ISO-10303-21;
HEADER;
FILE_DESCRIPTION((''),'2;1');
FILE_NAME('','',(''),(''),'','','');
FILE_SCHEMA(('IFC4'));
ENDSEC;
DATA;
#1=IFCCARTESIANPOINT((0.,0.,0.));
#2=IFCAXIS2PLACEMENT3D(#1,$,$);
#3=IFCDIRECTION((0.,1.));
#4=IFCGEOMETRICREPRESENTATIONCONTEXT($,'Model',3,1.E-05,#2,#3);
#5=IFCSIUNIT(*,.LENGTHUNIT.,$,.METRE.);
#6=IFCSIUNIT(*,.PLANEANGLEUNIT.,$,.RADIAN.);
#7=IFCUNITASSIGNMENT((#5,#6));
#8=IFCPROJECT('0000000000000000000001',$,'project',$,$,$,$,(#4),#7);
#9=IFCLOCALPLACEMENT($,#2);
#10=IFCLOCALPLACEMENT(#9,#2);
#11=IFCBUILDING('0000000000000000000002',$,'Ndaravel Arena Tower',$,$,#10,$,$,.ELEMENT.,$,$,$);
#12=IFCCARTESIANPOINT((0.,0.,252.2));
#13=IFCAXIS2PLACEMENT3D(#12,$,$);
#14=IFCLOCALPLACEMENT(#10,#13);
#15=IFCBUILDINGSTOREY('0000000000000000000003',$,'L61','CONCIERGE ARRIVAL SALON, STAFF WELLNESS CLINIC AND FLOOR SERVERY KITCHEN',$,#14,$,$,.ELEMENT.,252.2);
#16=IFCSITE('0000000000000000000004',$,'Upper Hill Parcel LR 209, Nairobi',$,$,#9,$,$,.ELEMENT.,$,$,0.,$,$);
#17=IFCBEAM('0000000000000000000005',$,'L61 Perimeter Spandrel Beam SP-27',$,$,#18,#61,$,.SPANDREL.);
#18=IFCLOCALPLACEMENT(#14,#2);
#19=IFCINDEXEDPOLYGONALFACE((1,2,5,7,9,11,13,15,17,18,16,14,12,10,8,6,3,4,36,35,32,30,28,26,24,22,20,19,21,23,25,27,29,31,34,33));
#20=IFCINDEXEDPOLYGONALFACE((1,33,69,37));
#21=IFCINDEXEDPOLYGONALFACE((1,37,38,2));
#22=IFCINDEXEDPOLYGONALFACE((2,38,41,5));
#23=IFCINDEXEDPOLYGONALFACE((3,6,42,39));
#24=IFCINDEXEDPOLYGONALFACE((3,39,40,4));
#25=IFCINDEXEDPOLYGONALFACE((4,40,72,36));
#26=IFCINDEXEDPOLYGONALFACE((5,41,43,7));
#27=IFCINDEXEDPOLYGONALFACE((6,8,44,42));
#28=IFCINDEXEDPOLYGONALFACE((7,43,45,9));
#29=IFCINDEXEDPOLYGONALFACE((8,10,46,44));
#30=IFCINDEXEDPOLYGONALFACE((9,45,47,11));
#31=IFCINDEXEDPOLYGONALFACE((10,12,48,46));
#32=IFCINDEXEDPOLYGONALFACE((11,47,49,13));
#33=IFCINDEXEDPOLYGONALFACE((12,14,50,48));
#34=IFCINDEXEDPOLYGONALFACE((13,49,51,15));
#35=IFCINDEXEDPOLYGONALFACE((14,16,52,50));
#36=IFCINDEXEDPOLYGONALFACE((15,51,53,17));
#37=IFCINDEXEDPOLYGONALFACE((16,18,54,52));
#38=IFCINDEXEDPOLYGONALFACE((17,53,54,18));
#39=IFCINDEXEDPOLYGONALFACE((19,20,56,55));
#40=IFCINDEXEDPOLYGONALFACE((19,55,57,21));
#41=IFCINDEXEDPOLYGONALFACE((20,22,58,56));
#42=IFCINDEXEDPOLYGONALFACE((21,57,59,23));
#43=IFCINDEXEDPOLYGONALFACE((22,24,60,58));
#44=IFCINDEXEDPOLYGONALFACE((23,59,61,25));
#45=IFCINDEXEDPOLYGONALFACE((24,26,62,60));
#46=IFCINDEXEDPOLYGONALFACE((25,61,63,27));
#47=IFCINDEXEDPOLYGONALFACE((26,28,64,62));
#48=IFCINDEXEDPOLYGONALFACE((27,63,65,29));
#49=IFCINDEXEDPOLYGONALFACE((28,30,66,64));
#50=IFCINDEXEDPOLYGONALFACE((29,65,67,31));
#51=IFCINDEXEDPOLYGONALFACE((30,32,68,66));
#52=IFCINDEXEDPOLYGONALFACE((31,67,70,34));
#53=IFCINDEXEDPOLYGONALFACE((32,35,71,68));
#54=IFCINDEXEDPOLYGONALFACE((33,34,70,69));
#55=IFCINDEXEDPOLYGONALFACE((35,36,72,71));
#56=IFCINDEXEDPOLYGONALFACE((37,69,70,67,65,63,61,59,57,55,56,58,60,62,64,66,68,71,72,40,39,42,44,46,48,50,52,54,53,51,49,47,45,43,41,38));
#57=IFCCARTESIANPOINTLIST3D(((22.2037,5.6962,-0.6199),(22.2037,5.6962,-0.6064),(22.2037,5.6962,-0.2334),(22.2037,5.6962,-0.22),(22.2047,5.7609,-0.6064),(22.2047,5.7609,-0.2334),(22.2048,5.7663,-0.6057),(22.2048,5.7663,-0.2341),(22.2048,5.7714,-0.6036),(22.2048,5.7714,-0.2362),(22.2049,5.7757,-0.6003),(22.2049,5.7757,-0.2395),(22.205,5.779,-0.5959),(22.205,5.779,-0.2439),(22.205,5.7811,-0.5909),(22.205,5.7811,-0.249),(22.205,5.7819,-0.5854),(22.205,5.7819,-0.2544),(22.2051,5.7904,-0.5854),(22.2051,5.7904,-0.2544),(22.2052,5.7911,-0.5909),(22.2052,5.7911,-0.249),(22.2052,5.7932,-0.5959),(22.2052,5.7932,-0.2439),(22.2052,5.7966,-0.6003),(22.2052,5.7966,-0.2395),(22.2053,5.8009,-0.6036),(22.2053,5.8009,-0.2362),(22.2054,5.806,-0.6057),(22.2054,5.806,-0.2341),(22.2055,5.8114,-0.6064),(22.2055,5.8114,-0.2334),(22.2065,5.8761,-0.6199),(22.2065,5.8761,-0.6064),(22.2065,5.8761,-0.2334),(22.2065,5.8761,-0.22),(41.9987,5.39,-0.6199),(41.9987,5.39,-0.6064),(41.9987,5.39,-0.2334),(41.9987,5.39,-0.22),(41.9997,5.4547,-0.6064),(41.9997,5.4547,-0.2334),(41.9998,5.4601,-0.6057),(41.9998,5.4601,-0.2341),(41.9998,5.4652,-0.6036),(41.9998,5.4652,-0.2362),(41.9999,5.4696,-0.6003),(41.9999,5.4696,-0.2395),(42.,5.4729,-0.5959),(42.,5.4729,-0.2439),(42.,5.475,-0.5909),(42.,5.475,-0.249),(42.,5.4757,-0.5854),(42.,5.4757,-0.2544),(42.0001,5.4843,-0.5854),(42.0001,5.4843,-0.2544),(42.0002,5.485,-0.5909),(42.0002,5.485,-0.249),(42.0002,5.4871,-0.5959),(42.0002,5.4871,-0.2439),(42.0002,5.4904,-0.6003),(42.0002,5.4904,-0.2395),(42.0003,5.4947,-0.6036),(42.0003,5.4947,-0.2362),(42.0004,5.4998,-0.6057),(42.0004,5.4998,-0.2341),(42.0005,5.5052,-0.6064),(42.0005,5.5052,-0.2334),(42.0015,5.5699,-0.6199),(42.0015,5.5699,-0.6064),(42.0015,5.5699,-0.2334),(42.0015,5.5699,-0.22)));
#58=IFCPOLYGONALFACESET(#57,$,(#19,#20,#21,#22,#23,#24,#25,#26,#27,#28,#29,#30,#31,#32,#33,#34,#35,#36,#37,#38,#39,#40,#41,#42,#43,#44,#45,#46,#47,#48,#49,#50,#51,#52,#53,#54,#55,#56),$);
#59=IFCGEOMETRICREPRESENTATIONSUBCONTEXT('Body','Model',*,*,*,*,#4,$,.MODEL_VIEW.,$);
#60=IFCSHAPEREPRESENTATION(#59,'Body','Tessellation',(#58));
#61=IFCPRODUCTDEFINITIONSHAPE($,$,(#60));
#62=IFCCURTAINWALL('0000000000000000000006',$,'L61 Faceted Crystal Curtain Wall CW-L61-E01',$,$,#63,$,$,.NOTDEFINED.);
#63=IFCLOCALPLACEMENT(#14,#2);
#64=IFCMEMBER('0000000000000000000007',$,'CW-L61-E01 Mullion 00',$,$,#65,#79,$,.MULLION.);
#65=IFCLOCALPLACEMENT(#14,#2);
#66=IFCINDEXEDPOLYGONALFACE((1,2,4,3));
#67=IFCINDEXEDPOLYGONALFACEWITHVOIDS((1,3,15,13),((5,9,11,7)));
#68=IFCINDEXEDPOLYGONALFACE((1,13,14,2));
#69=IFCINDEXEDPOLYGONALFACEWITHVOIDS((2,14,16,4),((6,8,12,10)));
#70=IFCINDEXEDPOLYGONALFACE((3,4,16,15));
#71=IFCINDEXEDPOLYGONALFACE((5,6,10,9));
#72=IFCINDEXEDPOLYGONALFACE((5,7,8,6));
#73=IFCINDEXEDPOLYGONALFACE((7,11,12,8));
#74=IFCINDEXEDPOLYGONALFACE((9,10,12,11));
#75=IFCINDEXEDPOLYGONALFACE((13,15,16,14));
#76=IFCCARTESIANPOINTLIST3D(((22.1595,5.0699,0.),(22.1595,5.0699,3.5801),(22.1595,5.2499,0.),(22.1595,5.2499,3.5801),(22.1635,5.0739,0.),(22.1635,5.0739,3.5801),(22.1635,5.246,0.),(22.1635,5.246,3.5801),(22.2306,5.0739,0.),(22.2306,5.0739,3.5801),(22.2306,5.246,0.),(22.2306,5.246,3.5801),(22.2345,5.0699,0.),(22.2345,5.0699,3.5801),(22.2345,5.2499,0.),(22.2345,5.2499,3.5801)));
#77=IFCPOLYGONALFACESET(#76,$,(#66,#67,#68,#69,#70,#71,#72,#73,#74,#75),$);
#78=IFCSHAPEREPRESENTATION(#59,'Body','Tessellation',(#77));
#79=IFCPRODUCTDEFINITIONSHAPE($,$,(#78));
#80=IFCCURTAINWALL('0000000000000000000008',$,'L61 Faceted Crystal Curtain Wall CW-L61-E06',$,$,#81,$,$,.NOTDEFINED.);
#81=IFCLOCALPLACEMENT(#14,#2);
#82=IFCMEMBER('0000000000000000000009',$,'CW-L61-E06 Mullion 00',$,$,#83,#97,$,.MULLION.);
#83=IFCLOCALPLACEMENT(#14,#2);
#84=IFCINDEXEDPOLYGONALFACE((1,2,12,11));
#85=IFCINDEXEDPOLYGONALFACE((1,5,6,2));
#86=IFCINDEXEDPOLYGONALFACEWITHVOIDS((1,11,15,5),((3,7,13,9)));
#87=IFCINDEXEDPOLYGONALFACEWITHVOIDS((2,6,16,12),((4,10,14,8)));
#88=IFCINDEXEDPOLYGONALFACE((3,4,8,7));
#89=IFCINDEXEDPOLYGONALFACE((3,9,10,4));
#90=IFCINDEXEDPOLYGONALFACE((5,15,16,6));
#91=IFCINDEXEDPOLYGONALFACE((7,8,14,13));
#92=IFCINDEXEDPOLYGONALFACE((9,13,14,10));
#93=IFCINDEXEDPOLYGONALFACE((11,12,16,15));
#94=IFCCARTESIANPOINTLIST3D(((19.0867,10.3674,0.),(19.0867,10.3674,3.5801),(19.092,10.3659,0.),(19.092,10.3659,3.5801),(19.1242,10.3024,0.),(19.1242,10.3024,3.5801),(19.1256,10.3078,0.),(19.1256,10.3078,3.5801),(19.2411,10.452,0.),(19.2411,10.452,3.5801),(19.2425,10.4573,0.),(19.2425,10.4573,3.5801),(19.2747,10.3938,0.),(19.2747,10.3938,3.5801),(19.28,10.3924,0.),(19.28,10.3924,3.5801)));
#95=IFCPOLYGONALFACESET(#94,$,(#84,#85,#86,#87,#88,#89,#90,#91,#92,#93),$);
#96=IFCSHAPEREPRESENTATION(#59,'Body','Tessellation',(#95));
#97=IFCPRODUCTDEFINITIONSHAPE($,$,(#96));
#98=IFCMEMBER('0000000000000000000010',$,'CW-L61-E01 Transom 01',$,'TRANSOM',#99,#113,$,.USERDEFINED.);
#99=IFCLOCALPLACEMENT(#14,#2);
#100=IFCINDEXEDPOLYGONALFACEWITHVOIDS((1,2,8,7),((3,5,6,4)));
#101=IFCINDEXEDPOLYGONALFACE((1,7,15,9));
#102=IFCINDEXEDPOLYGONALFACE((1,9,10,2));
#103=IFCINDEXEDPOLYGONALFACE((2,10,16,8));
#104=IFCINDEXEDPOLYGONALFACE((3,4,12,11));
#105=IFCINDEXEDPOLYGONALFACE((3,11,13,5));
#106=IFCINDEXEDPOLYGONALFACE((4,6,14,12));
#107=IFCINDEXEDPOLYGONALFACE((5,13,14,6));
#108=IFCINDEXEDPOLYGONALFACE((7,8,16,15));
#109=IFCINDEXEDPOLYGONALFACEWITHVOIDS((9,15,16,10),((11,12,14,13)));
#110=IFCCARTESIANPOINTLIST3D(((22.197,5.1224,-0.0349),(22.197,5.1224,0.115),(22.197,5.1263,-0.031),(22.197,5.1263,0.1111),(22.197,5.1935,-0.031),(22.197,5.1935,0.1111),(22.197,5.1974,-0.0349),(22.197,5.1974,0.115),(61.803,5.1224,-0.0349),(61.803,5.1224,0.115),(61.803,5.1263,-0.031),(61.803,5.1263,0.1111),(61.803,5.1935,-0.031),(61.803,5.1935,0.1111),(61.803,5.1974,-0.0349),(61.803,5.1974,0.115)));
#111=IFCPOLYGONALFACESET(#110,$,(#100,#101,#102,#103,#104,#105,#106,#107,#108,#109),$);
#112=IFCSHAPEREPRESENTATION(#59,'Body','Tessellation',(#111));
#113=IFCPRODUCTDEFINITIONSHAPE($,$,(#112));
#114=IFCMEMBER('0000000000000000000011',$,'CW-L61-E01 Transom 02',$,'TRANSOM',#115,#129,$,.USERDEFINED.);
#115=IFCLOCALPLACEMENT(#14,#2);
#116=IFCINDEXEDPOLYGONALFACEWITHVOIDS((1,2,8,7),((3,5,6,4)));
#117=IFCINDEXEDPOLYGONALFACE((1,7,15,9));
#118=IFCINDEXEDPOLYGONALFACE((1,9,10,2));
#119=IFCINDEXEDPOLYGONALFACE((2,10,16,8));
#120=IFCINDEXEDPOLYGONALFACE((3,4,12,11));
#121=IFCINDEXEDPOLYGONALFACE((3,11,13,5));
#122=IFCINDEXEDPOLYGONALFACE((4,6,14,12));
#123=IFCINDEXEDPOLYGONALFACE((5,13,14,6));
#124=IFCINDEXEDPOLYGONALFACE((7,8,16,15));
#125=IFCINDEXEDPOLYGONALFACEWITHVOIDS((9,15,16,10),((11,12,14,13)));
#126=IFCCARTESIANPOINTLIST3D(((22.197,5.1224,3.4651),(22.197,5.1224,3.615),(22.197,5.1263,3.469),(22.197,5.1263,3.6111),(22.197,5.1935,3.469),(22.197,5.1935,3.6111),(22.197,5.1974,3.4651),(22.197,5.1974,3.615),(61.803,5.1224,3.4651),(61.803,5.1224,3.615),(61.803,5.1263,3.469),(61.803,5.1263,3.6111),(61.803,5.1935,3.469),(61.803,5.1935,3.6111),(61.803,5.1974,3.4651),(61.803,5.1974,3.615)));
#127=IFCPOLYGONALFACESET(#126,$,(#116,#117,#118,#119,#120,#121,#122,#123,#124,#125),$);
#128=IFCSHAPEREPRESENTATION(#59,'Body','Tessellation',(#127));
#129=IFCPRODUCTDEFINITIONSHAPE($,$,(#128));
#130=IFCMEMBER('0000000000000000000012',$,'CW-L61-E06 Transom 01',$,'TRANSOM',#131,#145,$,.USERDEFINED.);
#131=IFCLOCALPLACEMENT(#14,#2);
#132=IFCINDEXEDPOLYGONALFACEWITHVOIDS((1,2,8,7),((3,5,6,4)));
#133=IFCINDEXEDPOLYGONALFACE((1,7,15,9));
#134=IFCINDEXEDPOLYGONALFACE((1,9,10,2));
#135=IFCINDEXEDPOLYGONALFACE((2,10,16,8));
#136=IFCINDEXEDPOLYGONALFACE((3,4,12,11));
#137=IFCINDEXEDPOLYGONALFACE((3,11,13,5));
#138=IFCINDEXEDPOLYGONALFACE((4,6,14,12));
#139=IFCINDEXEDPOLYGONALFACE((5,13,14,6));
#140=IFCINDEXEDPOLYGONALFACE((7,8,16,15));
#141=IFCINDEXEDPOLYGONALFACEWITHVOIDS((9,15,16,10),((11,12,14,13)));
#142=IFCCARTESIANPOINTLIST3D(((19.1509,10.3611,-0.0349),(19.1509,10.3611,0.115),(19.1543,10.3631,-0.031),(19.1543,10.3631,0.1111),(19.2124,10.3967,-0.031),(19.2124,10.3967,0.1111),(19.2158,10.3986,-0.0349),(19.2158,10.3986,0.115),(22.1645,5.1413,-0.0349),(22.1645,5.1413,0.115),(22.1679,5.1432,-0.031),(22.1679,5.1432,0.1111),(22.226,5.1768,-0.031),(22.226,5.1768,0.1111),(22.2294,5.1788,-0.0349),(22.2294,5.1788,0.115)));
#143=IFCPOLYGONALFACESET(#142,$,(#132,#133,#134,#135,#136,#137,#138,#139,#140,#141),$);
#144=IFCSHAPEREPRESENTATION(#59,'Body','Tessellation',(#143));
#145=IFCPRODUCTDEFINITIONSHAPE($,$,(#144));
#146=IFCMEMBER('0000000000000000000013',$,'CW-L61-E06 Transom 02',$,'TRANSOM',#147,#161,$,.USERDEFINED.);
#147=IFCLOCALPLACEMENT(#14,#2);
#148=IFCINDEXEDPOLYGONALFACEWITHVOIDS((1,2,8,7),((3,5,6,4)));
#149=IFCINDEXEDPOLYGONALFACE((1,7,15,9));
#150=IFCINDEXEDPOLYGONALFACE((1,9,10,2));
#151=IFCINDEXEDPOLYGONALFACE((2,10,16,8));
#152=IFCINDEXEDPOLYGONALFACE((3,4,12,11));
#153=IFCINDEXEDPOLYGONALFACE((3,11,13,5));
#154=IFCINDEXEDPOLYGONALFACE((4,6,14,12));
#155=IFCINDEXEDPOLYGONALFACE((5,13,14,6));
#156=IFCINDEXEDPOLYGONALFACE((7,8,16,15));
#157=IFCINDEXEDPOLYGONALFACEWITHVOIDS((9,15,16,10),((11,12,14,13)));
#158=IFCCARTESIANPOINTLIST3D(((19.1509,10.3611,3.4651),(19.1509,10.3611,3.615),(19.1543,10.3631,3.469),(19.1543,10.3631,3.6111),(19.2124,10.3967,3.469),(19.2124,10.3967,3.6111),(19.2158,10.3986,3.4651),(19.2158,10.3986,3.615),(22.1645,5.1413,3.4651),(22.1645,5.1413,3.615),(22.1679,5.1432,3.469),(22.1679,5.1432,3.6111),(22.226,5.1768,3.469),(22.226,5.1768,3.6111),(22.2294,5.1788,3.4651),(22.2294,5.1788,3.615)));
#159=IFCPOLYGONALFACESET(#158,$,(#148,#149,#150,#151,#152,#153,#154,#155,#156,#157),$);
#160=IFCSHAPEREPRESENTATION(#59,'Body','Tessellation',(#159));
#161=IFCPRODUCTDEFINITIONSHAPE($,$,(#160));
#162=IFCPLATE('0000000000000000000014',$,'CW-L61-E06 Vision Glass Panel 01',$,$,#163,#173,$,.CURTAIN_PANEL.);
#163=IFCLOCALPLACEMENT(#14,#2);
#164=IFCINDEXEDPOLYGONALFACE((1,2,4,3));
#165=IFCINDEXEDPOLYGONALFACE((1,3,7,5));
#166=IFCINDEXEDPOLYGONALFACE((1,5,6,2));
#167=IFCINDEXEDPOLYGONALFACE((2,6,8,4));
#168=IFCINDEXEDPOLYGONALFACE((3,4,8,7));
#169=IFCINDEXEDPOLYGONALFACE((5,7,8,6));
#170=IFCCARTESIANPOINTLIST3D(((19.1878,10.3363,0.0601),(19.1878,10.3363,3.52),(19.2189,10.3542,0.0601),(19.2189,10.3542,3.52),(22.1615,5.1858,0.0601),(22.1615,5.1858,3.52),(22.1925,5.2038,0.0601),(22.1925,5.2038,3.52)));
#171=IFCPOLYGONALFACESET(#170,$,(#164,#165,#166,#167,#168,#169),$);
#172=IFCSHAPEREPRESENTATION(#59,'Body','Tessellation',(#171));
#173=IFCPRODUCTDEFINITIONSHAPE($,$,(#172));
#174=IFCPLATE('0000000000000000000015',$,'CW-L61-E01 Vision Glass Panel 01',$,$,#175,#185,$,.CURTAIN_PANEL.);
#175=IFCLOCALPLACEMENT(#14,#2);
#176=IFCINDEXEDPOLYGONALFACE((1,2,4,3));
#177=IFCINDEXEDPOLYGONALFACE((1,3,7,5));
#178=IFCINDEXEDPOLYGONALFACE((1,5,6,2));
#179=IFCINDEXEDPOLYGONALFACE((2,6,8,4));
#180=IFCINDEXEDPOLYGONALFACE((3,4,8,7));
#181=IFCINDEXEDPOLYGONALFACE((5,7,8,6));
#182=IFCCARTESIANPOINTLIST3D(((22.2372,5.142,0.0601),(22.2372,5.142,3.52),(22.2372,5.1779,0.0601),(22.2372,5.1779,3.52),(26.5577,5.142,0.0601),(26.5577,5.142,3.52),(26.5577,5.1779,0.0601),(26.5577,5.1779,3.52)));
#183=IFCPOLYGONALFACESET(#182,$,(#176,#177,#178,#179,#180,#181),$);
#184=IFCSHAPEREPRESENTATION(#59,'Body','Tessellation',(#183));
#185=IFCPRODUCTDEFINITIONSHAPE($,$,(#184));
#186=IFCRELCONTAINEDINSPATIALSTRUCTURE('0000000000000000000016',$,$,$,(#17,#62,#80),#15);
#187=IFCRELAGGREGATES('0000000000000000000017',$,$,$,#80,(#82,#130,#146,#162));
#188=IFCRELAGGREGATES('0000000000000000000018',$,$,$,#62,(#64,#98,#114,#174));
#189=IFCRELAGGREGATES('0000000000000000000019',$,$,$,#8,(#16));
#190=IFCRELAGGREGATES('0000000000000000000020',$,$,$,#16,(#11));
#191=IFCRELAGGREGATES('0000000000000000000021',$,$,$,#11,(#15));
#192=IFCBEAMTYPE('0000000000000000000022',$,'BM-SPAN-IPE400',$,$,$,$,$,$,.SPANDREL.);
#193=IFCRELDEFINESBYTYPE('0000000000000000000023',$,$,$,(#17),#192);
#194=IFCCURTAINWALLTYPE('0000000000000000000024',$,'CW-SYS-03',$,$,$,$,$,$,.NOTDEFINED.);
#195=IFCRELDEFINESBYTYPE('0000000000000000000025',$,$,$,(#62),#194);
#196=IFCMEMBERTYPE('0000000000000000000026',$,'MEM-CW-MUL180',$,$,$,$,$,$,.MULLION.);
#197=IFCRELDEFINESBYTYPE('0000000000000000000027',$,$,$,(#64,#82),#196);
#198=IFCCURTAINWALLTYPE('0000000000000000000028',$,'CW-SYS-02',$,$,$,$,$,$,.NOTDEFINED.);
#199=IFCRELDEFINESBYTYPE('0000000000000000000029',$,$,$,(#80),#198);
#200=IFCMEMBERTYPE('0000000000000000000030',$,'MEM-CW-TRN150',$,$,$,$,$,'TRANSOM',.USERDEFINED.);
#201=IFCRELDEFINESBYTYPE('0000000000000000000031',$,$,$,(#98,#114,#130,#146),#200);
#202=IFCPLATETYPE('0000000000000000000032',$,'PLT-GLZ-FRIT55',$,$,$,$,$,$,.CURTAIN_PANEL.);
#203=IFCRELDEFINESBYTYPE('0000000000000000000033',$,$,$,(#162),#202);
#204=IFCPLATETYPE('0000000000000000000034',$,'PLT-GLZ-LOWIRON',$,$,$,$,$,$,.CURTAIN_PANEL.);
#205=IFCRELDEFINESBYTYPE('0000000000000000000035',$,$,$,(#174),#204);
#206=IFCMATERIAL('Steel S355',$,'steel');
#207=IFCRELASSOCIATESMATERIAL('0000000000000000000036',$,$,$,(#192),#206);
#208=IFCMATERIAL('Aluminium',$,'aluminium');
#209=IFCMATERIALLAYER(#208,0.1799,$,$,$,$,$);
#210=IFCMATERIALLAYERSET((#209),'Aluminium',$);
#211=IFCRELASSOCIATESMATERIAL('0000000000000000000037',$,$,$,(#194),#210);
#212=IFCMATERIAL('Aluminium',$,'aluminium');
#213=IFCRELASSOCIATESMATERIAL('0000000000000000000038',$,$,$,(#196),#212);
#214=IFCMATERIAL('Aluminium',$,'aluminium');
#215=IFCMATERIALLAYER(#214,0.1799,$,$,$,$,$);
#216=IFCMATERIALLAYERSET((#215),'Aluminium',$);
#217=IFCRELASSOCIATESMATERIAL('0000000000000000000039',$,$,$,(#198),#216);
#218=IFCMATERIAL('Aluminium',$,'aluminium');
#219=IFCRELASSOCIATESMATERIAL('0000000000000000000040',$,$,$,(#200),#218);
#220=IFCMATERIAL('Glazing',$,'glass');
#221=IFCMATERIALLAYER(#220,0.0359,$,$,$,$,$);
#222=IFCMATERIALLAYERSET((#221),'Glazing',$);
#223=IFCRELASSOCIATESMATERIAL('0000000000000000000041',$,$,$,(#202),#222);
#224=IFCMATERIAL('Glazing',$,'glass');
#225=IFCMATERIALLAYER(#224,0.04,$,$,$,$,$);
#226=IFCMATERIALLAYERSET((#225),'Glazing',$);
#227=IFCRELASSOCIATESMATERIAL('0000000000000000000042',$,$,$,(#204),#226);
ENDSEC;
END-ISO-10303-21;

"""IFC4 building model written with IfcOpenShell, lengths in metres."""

from ifc_helpers import new_model, si_unit, direction, frame, origin, origin_2d, place, context, subcontext, project, spatial, rectangle, hollow_rectangle, i_section, extrude, material, layer, layer_set, material_profile, profile_set, type_object, element, aggregate, save


model = new_model("IFC4")

# Units and contexts
model_context = context("Model", 3, precision=1e-05, world=origin(), true_north=direction((0.0, 1.0)))
body_context = subcontext(model_context, "Body", "Model", "MODEL_VIEW")
ifc_project = project(units=[si_unit("LENGTHUNIT", "METRE"), si_unit("PLANEANGLEUNIT", "RADIAN")], contexts=[model_context])

# Site, building, storey
site_placement = place(None, origin())
site = spatial("IfcSite", under=ifc_project, at=site_placement, Name="Upper Hill Parcel LR 209, Nairobi", CompositionType="ELEMENT", RefElevation=0.0)
building_placement = place(site_placement, origin())
building = spatial("IfcBuilding", under=site, at=building_placement, Name="Ndaravel Arena Tower", CompositionType="ELEMENT")
storey_placement = place(building_placement, frame((0.0, 0.0, 252.2)))
storey = spatial("IfcBuildingStorey", under=building, at=storey_placement, Name="L61", Description="CONCIERGE ARRIVAL SALON, STAFF WELLNESS CLINIC AND FLOOR SERVERY KITCHEN", CompositionType="ELEMENT", Elevation=252.2)

# Beam
ifc_material_1 = material(Name="Steel S355", Category="steel")
ifc_material_profile_1 = material_profile(ifc_material_1, i_section(OverallWidth=0.1799, OverallDepth=0.3999, WebThickness=0.0085, FlangeThickness=0.0134, FilletRadius=0.021, at=origin_2d()), Name="IPE 400")
ifc_profile_set_1 = profile_set([ifc_material_profile_1], Name="Steel S355")
beam_type = type_object("IfcBeamType", Name="BM-SPAN-IPE400", PredefinedType="SPANDREL", material=ifc_profile_set_1)
beam_1_placement = place(storey_placement, frame((22.2051, 5.7861, -0.4199), z_axis=(0.99988, -0.015464, 0.0), x_axis=(0.015464, 0.99988, 0.0)))
element("IfcBeam", 1, at=beam_1_placement, inside=storey, type_object=beam_type, Name="L61 Perimeter Spandrel Beam SP-27", PredefinedType="SPANDREL", context=body_context, shape_type="SweptSolid", body=[
    extrude(i_section(OverallWidth=0.1799, OverallDepth=0.3999, WebThickness=0.0085, FlangeThickness=0.0134, FilletRadius=0.021, at=origin_2d()), origin(), (0.0, 0.0, 1.0), 19.7974),
])

# Curtain walls, members
ifc_material_2 = material(Name="Aluminium", Category="aluminium")
ifc_layer_1 = layer(ifc_material_2, 0.1799)
ifc_layer_set_1 = layer_set([ifc_layer_1], Name="Aluminium")
curtain_wall_type_1 = type_object("IfcCurtainWallType", Name="CW-SYS-03", PredefinedType="NOTDEFINED", material=ifc_layer_set_1)
curtain_wall_1_placement = place(storey_placement, origin())
curtain_wall_1 = element("IfcCurtainWall", 2, at=curtain_wall_1_placement, inside=storey, type_object=curtain_wall_type_1, Name="L61 Faceted Crystal Curtain Wall CW-L61-E01", PredefinedType="NOTDEFINED")
ifc_material_3 = material(Name="Aluminium", Category="aluminium")
ifc_material_profile_2 = material_profile(ifc_material_3, hollow_rectangle(XDim=0.075, YDim=0.1799, WallThickness=0.0039, at=origin_2d()), Name="CW MULLION 75x180x4")
ifc_profile_set_2 = profile_set([ifc_material_profile_2], Name="Aluminium")
member_type_1 = type_object("IfcMemberType", Name="MEM-CW-MUL180", PredefinedType="MULLION", material=ifc_profile_set_2)
member_1_placement = place(storey_placement, frame((22.197, 5.1599, 0.0), z_axis=(0.0, 0.0, 1.0), x_axis=(1.0, 0.0, 0.0)))
member_1 = element("IfcMember", 3, at=member_1_placement, type_object=member_type_1, Name="CW-L61-E01 Mullion 00", PredefinedType="MULLION", context=body_context, shape_type="SweptSolid", body=[
    extrude(hollow_rectangle(XDim=0.075, YDim=0.1799, WallThickness=0.0039, at=origin_2d()), origin(), (0.0, 0.0, 1.0), 3.5801),
])
ifc_material_4 = material(Name="Aluminium", Category="aluminium")
ifc_layer_2 = layer(ifc_material_4, 0.1799)
ifc_layer_set_2 = layer_set([ifc_layer_2], Name="Aluminium")
curtain_wall_type_2 = type_object("IfcCurtainWallType", Name="CW-SYS-02", PredefinedType="NOTDEFINED", material=ifc_layer_set_2)
curtain_wall_2_placement = place(storey_placement, origin())
curtain_wall_2 = element("IfcCurtainWall", 4, at=curtain_wall_2_placement, inside=storey, type_object=curtain_wall_type_2, Name="L61 Faceted Crystal Curtain Wall CW-L61-E06", PredefinedType="NOTDEFINED")
member_2_placement = place(storey_placement, frame((19.1833, 10.3799, 0.0), z_axis=(0.0, 0.0, 1.0), x_axis=(0.5, -0.866025, 0.0)))
member_2 = element("IfcMember", 5, at=member_2_placement, type_object=member_type_1, Name="CW-L61-E06 Mullion 00", PredefinedType="MULLION", context=body_context, shape_type="SweptSolid", body=[
    extrude(hollow_rectangle(XDim=0.075, YDim=0.1799, WallThickness=0.0039, at=origin_2d()), origin(), (0.0, 0.0, 1.0), 3.5801),
])

# Members
ifc_material_5 = material(Name="Aluminium", Category="aluminium")
ifc_material_profile_3 = material_profile(ifc_material_5, hollow_rectangle(XDim=0.075, YDim=0.1499, WallThickness=0.0039, at=origin_2d()), Name="CW TRANSOM 75x150x4")
ifc_profile_set_3 = profile_set([ifc_material_profile_3], Name="Aluminium")
member_type_2 = type_object("IfcMemberType", Name="MEM-CW-TRN150", ElementType="TRANSOM", PredefinedType="USERDEFINED", material=ifc_profile_set_3)
member_3_placement = place(storey_placement, frame((22.197, 5.1599, 0.04), z_axis=(1.0, 0.0, 0.0), x_axis=(0.0, 1.0, 0.0)))
member_3 = element("IfcMember", 6, at=member_3_placement, type_object=member_type_2, Name="CW-L61-E01 Transom 01", ObjectType="TRANSOM", PredefinedType="USERDEFINED", context=body_context, shape_type="SweptSolid", body=[
    extrude(hollow_rectangle(XDim=0.075, YDim=0.1499, WallThickness=0.0039, at=origin_2d()), origin(), (0.0, 0.0, 1.0), 39.606),
])
member_4_placement = place(storey_placement, frame((22.197, 5.1599, 3.54), z_axis=(1.0, 0.0, 0.0), x_axis=(0.0, 1.0, 0.0)))
member_4 = element("IfcMember", 7, at=member_4_placement, type_object=member_type_2, Name="CW-L61-E01 Transom 02", ObjectType="TRANSOM", PredefinedType="USERDEFINED", context=body_context, shape_type="SweptSolid", body=[
    extrude(hollow_rectangle(XDim=0.075, YDim=0.1499, WallThickness=0.0039, at=origin_2d()), origin(), (0.0, 0.0, 1.0), 39.606),
])
member_5_placement = place(storey_placement, frame((19.1833, 10.3799, 0.04), z_axis=(0.49999, -0.866031, 0.0), x_axis=(0.866031, 0.49999, 0.0)))
member_5 = element("IfcMember", 8, at=member_5_placement, type_object=member_type_2, Name="CW-L61-E06 Transom 01", ObjectType="TRANSOM", PredefinedType="USERDEFINED", context=body_context, shape_type="SweptSolid", body=[
    extrude(hollow_rectangle(XDim=0.075, YDim=0.1499, WallThickness=0.0039, at=origin_2d()), origin(), (0.0, 0.0, 1.0), 6.0273),
])
member_6_placement = place(storey_placement, frame((19.1833, 10.3799, 3.54), z_axis=(0.49999, -0.866031, 0.0), x_axis=(0.866031, 0.49999, 0.0)))
member_6 = element("IfcMember", 9, at=member_6_placement, type_object=member_type_2, Name="CW-L61-E06 Transom 02", ObjectType="TRANSOM", PredefinedType="USERDEFINED", context=body_context, shape_type="SweptSolid", body=[
    extrude(hollow_rectangle(XDim=0.075, YDim=0.1499, WallThickness=0.0039, at=origin_2d()), origin(), (0.0, 0.0, 1.0), 6.0273),
])

# Plates
ifc_material_6 = material(Name="Glazing", Category="glass")
ifc_layer_3 = layer(ifc_material_6, 0.0359)
ifc_layer_set_3 = layer_set([ifc_layer_3], Name="Glazing")
plate_type_1 = type_object("IfcPlateType", Name="PLT-GLZ-FRIT55", PredefinedType="CURTAIN_PANEL", material=ifc_layer_set_3)
plate_1_placement = place(storey_placement, frame((20.6902, 7.77, 0.0601), z_axis=(0.0, 0.0, 1.0), x_axis=(0.5, -0.866025, 0.0)))
plate_1 = element("IfcPlate", 10, at=plate_1_placement, type_object=plate_type_1, Name="CW-L61-E06 Vision Glass Panel 01", PredefinedType="CURTAIN_PANEL", context=body_context, shape_type="SweptSolid", body=[
    extrude(rectangle(XDim=5.9473, YDim=0.0359, at=origin_2d()), origin(), (0.0, 0.0, 1.0), 3.46),
])
aggregate(curtain_wall_2, [member_2, member_5, member_6, plate_1])
ifc_material_7 = material(Name="Glazing", Category="glass")
ifc_layer_4 = layer(ifc_material_7, 0.04)
ifc_layer_set_4 = layer_set([ifc_layer_4], Name="Glazing")
plate_type_2 = type_object("IfcPlateType", Name="PLT-GLZ-LOWIRON", PredefinedType="CURTAIN_PANEL", material=ifc_layer_set_4)
plate_2_placement = place(storey_placement, frame((24.3975, 5.1599, 0.0601), z_axis=(0.0, 0.0, 1.0), x_axis=(1.0, 0.0, 0.0)))
plate_2 = element("IfcPlate", 11, at=plate_2_placement, type_object=plate_type_2, Name="CW-L61-E01 Vision Glass Panel 01", PredefinedType="CURTAIN_PANEL", context=body_context, shape_type="SweptSolid", body=[
    extrude(rectangle(XDim=4.3206, YDim=0.0359, at=origin_2d()), origin(), (0.0, 0.0, 1.0), 3.46),
])
aggregate(curtain_wall_1, [member_1, member_3, member_4, plate_2])

save(model, "model.ifc")
